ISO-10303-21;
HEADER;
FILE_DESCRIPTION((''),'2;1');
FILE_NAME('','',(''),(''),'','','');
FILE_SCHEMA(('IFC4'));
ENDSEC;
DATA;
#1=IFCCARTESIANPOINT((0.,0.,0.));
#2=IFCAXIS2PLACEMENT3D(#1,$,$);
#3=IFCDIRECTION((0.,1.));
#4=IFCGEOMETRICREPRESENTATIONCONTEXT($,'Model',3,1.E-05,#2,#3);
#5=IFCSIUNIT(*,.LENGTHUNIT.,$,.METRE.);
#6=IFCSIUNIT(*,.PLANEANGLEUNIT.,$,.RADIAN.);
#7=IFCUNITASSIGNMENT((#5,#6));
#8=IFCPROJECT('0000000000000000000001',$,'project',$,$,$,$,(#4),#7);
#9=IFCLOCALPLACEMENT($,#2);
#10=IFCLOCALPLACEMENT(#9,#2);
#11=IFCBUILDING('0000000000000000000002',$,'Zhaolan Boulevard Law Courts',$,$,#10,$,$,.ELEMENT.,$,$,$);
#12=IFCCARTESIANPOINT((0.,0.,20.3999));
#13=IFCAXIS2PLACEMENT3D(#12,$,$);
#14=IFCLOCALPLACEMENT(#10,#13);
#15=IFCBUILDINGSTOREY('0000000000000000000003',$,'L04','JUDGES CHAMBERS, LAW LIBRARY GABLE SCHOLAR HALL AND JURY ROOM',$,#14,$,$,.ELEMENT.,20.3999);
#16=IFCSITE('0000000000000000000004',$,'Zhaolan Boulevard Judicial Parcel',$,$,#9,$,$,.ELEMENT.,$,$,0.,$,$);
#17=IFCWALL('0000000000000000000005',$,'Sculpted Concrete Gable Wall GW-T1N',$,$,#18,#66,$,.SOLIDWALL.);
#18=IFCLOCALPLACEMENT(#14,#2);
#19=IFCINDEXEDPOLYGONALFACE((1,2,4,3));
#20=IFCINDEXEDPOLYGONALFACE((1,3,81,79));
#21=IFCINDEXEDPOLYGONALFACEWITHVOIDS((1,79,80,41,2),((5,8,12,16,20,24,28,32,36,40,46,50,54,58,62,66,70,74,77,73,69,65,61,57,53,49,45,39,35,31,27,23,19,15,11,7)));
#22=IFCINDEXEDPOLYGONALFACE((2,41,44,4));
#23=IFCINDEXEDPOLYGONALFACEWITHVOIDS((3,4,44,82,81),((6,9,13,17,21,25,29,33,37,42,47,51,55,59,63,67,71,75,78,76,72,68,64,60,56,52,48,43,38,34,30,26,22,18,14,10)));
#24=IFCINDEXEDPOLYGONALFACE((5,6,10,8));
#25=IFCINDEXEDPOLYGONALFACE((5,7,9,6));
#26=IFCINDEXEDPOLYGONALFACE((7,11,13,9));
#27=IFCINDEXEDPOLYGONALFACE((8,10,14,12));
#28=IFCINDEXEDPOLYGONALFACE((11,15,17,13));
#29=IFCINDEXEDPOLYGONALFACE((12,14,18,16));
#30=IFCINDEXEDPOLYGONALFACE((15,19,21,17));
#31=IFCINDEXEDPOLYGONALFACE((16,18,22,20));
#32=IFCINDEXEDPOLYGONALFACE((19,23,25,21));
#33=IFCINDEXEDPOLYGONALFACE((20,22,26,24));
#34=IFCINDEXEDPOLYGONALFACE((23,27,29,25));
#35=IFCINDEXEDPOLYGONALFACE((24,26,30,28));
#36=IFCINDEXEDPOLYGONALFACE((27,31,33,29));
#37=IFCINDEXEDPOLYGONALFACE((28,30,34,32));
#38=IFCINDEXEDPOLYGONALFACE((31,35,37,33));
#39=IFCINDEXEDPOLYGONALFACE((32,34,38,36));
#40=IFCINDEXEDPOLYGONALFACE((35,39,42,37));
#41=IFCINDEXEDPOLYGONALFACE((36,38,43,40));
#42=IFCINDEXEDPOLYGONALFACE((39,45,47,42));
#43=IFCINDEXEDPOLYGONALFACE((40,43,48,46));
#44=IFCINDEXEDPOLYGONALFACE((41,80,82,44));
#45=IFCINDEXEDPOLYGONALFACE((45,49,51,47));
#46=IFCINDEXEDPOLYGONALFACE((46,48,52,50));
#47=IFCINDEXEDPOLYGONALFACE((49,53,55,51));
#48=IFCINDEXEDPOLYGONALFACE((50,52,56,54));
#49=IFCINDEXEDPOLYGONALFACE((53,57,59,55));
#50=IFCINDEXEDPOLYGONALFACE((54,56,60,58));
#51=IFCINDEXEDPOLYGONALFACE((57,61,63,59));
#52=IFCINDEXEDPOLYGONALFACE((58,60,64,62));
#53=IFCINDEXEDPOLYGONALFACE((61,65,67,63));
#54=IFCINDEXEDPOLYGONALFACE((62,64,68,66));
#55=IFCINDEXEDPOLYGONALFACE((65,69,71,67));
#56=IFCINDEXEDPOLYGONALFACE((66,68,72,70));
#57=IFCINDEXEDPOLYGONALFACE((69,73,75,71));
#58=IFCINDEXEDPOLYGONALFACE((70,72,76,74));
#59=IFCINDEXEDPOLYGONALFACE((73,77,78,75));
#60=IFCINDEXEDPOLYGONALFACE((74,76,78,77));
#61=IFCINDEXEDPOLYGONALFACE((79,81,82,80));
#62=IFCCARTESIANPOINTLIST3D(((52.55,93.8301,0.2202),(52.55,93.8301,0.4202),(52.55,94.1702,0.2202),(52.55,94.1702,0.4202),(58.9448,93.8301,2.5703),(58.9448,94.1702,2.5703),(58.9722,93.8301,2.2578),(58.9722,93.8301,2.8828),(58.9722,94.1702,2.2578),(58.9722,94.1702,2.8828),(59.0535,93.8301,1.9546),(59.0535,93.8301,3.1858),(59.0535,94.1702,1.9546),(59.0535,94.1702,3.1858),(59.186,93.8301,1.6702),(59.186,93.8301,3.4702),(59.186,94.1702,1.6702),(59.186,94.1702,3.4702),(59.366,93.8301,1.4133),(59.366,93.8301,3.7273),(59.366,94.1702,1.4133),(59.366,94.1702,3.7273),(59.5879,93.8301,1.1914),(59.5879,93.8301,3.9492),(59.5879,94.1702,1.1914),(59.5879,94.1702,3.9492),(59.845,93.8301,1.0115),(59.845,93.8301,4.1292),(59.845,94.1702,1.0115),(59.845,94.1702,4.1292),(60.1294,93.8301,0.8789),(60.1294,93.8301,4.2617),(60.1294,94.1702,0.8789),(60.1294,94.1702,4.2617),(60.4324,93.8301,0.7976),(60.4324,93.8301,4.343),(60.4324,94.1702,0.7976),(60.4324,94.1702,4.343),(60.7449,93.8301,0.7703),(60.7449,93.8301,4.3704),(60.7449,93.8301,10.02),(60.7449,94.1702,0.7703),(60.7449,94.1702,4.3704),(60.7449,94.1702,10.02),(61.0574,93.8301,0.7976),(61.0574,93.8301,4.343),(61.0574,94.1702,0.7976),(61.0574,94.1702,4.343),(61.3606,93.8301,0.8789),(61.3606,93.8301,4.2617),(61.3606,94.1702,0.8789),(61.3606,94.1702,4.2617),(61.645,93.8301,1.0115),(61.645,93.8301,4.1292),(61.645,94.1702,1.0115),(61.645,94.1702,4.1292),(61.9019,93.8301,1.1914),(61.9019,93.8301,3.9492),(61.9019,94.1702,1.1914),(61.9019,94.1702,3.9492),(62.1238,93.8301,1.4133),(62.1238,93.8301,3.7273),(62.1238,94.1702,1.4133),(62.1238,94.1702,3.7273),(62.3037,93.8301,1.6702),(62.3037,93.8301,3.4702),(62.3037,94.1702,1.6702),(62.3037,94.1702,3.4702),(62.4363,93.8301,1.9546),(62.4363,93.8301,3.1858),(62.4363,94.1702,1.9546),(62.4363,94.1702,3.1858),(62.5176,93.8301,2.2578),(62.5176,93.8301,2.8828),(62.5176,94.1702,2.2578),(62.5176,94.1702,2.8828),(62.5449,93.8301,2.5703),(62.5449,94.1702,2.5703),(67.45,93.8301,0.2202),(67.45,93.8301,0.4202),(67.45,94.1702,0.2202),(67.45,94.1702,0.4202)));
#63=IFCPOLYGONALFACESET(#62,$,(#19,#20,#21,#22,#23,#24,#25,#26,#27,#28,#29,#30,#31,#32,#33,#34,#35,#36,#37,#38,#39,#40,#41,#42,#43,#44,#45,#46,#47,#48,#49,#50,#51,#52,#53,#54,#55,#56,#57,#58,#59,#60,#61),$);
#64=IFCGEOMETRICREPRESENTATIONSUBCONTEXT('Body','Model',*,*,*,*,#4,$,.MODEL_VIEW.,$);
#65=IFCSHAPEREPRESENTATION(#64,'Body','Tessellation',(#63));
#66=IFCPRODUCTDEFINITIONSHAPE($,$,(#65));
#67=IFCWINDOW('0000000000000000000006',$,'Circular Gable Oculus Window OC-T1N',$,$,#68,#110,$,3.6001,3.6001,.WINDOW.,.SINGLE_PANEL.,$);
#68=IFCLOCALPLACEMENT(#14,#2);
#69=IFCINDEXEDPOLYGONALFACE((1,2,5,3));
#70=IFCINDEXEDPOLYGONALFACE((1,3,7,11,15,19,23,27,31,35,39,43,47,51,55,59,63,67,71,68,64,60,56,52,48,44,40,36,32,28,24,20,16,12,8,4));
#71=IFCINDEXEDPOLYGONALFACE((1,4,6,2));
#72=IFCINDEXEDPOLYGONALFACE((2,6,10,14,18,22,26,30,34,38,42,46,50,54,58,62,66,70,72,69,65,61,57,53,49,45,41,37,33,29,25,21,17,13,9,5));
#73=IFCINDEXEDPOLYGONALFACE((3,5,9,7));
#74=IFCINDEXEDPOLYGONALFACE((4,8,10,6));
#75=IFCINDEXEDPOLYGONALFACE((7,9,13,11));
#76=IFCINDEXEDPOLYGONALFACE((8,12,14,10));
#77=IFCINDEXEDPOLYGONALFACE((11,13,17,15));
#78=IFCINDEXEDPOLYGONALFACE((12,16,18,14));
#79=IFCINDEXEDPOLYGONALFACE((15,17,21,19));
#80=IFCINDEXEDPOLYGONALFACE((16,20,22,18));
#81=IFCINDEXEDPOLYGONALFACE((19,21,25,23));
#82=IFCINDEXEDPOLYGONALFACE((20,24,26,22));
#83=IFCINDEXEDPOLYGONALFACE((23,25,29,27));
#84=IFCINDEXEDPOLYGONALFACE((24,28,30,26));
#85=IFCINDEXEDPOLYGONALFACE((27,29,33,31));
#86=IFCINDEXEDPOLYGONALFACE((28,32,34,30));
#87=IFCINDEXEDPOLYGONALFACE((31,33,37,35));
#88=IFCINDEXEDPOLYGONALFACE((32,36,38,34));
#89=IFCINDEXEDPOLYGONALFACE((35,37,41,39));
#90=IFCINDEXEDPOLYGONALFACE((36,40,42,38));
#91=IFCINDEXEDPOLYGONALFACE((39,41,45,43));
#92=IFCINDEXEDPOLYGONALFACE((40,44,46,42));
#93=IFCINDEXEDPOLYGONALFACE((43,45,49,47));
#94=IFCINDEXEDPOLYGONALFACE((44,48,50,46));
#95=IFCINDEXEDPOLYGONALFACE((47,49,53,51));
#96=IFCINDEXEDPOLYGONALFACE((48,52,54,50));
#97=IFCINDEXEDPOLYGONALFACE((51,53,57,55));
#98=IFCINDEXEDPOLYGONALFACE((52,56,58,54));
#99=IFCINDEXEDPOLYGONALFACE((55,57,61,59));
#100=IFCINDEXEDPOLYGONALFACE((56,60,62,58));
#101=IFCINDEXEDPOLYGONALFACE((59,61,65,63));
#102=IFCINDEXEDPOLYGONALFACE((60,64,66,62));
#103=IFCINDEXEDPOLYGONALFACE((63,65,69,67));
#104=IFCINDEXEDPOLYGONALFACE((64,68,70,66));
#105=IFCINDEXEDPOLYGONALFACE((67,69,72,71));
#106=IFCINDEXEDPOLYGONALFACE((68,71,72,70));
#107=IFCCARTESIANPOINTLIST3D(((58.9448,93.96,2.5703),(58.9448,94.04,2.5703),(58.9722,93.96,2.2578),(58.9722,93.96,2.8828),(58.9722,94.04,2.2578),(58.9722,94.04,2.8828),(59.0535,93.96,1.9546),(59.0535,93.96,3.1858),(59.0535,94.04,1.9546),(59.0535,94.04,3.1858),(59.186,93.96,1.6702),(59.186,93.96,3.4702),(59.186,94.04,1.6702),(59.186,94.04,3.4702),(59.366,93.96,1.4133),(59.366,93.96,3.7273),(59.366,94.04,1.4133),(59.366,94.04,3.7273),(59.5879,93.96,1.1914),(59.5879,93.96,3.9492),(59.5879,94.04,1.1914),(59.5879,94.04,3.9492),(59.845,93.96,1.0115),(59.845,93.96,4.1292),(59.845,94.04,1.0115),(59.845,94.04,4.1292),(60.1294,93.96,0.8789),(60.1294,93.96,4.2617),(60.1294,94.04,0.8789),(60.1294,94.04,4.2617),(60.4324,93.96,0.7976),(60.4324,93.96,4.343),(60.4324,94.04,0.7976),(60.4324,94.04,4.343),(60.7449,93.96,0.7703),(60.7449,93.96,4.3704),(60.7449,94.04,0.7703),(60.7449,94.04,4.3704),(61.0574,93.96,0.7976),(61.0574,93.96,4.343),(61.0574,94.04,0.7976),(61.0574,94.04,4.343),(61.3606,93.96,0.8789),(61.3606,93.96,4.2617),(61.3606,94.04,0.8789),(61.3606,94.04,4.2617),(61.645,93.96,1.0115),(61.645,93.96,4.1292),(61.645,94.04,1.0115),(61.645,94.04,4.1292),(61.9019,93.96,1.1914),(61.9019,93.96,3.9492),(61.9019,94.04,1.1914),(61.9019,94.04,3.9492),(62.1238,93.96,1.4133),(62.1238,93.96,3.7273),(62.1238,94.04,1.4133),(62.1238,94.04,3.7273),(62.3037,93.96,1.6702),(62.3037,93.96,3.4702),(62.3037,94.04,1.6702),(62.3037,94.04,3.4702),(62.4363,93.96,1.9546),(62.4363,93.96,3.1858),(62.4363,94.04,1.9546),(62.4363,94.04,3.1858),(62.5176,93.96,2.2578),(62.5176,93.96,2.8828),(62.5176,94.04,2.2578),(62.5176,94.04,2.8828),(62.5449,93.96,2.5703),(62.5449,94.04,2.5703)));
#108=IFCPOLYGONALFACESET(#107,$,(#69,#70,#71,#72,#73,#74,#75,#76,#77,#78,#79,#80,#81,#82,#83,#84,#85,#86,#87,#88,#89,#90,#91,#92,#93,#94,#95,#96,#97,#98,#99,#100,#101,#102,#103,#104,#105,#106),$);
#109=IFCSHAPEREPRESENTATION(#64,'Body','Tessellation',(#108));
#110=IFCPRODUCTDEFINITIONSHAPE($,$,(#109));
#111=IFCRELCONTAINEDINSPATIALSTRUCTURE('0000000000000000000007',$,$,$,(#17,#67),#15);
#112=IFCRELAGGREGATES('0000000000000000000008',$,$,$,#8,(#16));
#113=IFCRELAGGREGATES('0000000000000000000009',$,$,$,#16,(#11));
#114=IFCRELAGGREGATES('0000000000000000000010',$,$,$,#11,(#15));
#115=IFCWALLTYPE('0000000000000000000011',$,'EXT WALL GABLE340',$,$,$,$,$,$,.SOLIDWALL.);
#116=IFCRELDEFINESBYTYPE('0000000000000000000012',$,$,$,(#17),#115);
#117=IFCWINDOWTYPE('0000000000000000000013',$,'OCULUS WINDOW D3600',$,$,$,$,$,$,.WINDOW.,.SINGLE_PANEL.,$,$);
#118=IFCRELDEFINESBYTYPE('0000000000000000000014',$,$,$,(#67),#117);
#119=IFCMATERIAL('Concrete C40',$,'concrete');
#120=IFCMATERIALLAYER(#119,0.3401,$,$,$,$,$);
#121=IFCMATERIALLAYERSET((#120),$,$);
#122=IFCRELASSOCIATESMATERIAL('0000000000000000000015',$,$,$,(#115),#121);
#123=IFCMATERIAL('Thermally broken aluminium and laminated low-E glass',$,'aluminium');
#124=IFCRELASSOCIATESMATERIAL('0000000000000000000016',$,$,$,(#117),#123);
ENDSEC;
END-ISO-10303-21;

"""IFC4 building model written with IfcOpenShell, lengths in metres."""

from ifc_helpers import new_model, si_unit, direction, frame, origin, place, context, subcontext, project, spatial, polyline, outline, extrude, material, layer, layer_set, type_object, element, fill, save


model = new_model("IFC4")

# Units and contexts
model_context = context("Model", 3, precision=1e-05, world=origin(), true_north=direction((0.0, 1.0)))
body_context = subcontext(model_context, "Body", "Model", "MODEL_VIEW")
ifc_project = project(units=[si_unit("LENGTHUNIT", "METRE"), si_unit("PLANEANGLEUNIT", "RADIAN")], contexts=[model_context])

# Site, building, storey
site_placement = place(None, origin())
site = spatial("IfcSite", under=ifc_project, at=site_placement, Name="Zhaolan Boulevard Judicial Parcel", CompositionType="ELEMENT", RefElevation=0.0)
building_placement = place(site_placement, origin())
building = spatial("IfcBuilding", under=site, at=building_placement, Name="Zhaolan Boulevard Law Courts", CompositionType="ELEMENT")
storey_placement = place(building_placement, frame((0.0, 0.0, 20.3999)))
storey = spatial("IfcBuildingStorey", under=building, at=storey_placement, Name="L04", Description="JUDGES CHAMBERS, LAW LIBRARY GABLE SCHOLAR HALL AND JURY ROOM", CompositionType="ELEMENT", Elevation=20.3999)

# Wall, opening, window
ifc_material_1 = material(Name="Concrete C40", Category="concrete")
ifc_layer_1 = layer(ifc_material_1, 0.3401)
ifc_layer_set_1 = layer_set([ifc_layer_1])
wall_type = type_object("IfcWallType", Name="EXT WALL GABLE340", PredefinedType="SOLIDWALL", material=ifc_layer_set_1)
wall_1_placement = place(storey_placement, frame((67.45, 94.0, 0.2202), z_axis=(0.0, 0.0, 1.0), x_axis=(-1.0, 0.0, 0.0)))
wall_1 = element("IfcWall", 1, at=wall_1_placement, inside=storey, type_object=wall_type, Name="Sculpted Concrete Gable Wall GW-T1N", PredefinedType="SOLIDWALL", context=body_context, shape_type="SweptSolid", body=[
    extrude(outline(polyline([(0.0, 0.0), (14.8999, 0.0), (14.8999, 0.2), (6.7051, 9.7998), (0.0, 0.2), (0.0, 0.0)])), frame((0.0, 0.1699, 0.0), z_axis=(0.0, -1.0, 0.0), x_axis=(1.0, 0.0, 0.0)), (0.0, 0.0, 1.0), 0.3401),
])
opening_1_placement = place(wall_1_placement, frame((4.905, 0.0, 0.55)))
opening_1 = element("IfcOpeningElement", 2, at=opening_1_placement, cuts=wall_1, PredefinedType="OPENING", context=body_context, shape_type="SweptSolid", body=[
    extrude(outline(polyline([(3.6001, 1.8), (3.5728, 2.1125), (3.4915, 2.4155), (3.3589, 2.7), (3.179, 2.957), (2.957, 3.179), (2.7, 3.3589), (2.4155, 3.4915), (2.1125, 3.5728), (1.8, 3.6001), (1.4875, 3.5728), (1.1843, 3.4915), (0.8999, 3.3589), (0.6431, 3.179), (0.4211, 2.957), (0.2412, 2.7), (0.1086, 2.4155), (0.0273, 2.1125), (0.0, 1.8), (0.0273, 1.4875), (0.1086, 1.1843), (0.2412, 0.8999), (0.4211, 0.6431), (0.6431, 0.4211), (0.8999, 0.2412), (1.1843, 0.1086), (1.4875, 0.0273), (1.8, 0.0), (2.1125, 0.0273), (2.4155, 0.1086), (2.7, 0.2412), (2.957, 0.4211), (3.179, 0.6431), (3.3589, 0.8999), (3.4915, 1.1843), (3.5728, 1.4875), (3.6001, 1.8)])), frame((0.0, 0.1799, 0.0), z_axis=(0.0, -1.0, 0.0), x_axis=(1.0, 0.0, 0.0)), (0.0, 0.0, 1.0), 0.3601),
])
ifc_material_2 = material(Name="Thermally broken aluminium and laminated low-E glass", Category="aluminium")
window_type_1 = type_object("IfcWindowType", Name="OCULUS WINDOW D3600", PartitioningType="SINGLE_PANEL", PredefinedType="WINDOW", material=ifc_material_2)
window_1_placement = place(opening_1_placement, origin())
window_1 = element("IfcWindow", 3, at=window_1_placement, inside=storey, type_object=window_type_1, Name="Circular Gable Oculus Window OC-T1N", OverallHeight=3.6001, OverallWidth=3.6001, PartitioningType="SINGLE_PANEL", PredefinedType="WINDOW", context=body_context, shape_type="SweptSolid", body=[
    extrude(outline(polyline([(3.6001, 1.8), (3.5728, 2.1125), (3.4915, 2.4155), (3.3589, 2.7), (3.179, 2.957), (2.957, 3.179), (2.7, 3.3589), (2.4155, 3.4915), (2.1125, 3.5728), (1.8, 3.6001), (1.4875, 3.5728), (1.1843, 3.4915), (0.8999, 3.3589), (0.6431, 3.179), (0.4211, 2.957), (0.2412, 2.7), (0.1086, 2.4155), (0.0273, 2.1125), (0.0, 1.8), (0.0273, 1.4875), (0.1086, 1.1843), (0.2412, 0.8999), (0.4211, 0.6431), (0.6431, 0.4211), (0.8999, 0.2412), (1.1843, 0.1086), (1.4875, 0.0273), (1.8, 0.0), (2.1125, 0.0273), (2.4155, 0.1086), (2.7, 0.2412), (2.957, 0.4211), (3.179, 0.6431), (3.3589, 0.8999), (3.4915, 1.1843), (3.5728, 1.4875), (3.6001, 1.8)])), frame((0.0, 0.04, 0.0), z_axis=(0.0, -1.0, 0.0), x_axis=(1.0, 0.0, 0.0)), (0.0, 0.0, 1.0), 0.0801),
])
fill(opening_1, window_1)

save(model, "model.ifc")
